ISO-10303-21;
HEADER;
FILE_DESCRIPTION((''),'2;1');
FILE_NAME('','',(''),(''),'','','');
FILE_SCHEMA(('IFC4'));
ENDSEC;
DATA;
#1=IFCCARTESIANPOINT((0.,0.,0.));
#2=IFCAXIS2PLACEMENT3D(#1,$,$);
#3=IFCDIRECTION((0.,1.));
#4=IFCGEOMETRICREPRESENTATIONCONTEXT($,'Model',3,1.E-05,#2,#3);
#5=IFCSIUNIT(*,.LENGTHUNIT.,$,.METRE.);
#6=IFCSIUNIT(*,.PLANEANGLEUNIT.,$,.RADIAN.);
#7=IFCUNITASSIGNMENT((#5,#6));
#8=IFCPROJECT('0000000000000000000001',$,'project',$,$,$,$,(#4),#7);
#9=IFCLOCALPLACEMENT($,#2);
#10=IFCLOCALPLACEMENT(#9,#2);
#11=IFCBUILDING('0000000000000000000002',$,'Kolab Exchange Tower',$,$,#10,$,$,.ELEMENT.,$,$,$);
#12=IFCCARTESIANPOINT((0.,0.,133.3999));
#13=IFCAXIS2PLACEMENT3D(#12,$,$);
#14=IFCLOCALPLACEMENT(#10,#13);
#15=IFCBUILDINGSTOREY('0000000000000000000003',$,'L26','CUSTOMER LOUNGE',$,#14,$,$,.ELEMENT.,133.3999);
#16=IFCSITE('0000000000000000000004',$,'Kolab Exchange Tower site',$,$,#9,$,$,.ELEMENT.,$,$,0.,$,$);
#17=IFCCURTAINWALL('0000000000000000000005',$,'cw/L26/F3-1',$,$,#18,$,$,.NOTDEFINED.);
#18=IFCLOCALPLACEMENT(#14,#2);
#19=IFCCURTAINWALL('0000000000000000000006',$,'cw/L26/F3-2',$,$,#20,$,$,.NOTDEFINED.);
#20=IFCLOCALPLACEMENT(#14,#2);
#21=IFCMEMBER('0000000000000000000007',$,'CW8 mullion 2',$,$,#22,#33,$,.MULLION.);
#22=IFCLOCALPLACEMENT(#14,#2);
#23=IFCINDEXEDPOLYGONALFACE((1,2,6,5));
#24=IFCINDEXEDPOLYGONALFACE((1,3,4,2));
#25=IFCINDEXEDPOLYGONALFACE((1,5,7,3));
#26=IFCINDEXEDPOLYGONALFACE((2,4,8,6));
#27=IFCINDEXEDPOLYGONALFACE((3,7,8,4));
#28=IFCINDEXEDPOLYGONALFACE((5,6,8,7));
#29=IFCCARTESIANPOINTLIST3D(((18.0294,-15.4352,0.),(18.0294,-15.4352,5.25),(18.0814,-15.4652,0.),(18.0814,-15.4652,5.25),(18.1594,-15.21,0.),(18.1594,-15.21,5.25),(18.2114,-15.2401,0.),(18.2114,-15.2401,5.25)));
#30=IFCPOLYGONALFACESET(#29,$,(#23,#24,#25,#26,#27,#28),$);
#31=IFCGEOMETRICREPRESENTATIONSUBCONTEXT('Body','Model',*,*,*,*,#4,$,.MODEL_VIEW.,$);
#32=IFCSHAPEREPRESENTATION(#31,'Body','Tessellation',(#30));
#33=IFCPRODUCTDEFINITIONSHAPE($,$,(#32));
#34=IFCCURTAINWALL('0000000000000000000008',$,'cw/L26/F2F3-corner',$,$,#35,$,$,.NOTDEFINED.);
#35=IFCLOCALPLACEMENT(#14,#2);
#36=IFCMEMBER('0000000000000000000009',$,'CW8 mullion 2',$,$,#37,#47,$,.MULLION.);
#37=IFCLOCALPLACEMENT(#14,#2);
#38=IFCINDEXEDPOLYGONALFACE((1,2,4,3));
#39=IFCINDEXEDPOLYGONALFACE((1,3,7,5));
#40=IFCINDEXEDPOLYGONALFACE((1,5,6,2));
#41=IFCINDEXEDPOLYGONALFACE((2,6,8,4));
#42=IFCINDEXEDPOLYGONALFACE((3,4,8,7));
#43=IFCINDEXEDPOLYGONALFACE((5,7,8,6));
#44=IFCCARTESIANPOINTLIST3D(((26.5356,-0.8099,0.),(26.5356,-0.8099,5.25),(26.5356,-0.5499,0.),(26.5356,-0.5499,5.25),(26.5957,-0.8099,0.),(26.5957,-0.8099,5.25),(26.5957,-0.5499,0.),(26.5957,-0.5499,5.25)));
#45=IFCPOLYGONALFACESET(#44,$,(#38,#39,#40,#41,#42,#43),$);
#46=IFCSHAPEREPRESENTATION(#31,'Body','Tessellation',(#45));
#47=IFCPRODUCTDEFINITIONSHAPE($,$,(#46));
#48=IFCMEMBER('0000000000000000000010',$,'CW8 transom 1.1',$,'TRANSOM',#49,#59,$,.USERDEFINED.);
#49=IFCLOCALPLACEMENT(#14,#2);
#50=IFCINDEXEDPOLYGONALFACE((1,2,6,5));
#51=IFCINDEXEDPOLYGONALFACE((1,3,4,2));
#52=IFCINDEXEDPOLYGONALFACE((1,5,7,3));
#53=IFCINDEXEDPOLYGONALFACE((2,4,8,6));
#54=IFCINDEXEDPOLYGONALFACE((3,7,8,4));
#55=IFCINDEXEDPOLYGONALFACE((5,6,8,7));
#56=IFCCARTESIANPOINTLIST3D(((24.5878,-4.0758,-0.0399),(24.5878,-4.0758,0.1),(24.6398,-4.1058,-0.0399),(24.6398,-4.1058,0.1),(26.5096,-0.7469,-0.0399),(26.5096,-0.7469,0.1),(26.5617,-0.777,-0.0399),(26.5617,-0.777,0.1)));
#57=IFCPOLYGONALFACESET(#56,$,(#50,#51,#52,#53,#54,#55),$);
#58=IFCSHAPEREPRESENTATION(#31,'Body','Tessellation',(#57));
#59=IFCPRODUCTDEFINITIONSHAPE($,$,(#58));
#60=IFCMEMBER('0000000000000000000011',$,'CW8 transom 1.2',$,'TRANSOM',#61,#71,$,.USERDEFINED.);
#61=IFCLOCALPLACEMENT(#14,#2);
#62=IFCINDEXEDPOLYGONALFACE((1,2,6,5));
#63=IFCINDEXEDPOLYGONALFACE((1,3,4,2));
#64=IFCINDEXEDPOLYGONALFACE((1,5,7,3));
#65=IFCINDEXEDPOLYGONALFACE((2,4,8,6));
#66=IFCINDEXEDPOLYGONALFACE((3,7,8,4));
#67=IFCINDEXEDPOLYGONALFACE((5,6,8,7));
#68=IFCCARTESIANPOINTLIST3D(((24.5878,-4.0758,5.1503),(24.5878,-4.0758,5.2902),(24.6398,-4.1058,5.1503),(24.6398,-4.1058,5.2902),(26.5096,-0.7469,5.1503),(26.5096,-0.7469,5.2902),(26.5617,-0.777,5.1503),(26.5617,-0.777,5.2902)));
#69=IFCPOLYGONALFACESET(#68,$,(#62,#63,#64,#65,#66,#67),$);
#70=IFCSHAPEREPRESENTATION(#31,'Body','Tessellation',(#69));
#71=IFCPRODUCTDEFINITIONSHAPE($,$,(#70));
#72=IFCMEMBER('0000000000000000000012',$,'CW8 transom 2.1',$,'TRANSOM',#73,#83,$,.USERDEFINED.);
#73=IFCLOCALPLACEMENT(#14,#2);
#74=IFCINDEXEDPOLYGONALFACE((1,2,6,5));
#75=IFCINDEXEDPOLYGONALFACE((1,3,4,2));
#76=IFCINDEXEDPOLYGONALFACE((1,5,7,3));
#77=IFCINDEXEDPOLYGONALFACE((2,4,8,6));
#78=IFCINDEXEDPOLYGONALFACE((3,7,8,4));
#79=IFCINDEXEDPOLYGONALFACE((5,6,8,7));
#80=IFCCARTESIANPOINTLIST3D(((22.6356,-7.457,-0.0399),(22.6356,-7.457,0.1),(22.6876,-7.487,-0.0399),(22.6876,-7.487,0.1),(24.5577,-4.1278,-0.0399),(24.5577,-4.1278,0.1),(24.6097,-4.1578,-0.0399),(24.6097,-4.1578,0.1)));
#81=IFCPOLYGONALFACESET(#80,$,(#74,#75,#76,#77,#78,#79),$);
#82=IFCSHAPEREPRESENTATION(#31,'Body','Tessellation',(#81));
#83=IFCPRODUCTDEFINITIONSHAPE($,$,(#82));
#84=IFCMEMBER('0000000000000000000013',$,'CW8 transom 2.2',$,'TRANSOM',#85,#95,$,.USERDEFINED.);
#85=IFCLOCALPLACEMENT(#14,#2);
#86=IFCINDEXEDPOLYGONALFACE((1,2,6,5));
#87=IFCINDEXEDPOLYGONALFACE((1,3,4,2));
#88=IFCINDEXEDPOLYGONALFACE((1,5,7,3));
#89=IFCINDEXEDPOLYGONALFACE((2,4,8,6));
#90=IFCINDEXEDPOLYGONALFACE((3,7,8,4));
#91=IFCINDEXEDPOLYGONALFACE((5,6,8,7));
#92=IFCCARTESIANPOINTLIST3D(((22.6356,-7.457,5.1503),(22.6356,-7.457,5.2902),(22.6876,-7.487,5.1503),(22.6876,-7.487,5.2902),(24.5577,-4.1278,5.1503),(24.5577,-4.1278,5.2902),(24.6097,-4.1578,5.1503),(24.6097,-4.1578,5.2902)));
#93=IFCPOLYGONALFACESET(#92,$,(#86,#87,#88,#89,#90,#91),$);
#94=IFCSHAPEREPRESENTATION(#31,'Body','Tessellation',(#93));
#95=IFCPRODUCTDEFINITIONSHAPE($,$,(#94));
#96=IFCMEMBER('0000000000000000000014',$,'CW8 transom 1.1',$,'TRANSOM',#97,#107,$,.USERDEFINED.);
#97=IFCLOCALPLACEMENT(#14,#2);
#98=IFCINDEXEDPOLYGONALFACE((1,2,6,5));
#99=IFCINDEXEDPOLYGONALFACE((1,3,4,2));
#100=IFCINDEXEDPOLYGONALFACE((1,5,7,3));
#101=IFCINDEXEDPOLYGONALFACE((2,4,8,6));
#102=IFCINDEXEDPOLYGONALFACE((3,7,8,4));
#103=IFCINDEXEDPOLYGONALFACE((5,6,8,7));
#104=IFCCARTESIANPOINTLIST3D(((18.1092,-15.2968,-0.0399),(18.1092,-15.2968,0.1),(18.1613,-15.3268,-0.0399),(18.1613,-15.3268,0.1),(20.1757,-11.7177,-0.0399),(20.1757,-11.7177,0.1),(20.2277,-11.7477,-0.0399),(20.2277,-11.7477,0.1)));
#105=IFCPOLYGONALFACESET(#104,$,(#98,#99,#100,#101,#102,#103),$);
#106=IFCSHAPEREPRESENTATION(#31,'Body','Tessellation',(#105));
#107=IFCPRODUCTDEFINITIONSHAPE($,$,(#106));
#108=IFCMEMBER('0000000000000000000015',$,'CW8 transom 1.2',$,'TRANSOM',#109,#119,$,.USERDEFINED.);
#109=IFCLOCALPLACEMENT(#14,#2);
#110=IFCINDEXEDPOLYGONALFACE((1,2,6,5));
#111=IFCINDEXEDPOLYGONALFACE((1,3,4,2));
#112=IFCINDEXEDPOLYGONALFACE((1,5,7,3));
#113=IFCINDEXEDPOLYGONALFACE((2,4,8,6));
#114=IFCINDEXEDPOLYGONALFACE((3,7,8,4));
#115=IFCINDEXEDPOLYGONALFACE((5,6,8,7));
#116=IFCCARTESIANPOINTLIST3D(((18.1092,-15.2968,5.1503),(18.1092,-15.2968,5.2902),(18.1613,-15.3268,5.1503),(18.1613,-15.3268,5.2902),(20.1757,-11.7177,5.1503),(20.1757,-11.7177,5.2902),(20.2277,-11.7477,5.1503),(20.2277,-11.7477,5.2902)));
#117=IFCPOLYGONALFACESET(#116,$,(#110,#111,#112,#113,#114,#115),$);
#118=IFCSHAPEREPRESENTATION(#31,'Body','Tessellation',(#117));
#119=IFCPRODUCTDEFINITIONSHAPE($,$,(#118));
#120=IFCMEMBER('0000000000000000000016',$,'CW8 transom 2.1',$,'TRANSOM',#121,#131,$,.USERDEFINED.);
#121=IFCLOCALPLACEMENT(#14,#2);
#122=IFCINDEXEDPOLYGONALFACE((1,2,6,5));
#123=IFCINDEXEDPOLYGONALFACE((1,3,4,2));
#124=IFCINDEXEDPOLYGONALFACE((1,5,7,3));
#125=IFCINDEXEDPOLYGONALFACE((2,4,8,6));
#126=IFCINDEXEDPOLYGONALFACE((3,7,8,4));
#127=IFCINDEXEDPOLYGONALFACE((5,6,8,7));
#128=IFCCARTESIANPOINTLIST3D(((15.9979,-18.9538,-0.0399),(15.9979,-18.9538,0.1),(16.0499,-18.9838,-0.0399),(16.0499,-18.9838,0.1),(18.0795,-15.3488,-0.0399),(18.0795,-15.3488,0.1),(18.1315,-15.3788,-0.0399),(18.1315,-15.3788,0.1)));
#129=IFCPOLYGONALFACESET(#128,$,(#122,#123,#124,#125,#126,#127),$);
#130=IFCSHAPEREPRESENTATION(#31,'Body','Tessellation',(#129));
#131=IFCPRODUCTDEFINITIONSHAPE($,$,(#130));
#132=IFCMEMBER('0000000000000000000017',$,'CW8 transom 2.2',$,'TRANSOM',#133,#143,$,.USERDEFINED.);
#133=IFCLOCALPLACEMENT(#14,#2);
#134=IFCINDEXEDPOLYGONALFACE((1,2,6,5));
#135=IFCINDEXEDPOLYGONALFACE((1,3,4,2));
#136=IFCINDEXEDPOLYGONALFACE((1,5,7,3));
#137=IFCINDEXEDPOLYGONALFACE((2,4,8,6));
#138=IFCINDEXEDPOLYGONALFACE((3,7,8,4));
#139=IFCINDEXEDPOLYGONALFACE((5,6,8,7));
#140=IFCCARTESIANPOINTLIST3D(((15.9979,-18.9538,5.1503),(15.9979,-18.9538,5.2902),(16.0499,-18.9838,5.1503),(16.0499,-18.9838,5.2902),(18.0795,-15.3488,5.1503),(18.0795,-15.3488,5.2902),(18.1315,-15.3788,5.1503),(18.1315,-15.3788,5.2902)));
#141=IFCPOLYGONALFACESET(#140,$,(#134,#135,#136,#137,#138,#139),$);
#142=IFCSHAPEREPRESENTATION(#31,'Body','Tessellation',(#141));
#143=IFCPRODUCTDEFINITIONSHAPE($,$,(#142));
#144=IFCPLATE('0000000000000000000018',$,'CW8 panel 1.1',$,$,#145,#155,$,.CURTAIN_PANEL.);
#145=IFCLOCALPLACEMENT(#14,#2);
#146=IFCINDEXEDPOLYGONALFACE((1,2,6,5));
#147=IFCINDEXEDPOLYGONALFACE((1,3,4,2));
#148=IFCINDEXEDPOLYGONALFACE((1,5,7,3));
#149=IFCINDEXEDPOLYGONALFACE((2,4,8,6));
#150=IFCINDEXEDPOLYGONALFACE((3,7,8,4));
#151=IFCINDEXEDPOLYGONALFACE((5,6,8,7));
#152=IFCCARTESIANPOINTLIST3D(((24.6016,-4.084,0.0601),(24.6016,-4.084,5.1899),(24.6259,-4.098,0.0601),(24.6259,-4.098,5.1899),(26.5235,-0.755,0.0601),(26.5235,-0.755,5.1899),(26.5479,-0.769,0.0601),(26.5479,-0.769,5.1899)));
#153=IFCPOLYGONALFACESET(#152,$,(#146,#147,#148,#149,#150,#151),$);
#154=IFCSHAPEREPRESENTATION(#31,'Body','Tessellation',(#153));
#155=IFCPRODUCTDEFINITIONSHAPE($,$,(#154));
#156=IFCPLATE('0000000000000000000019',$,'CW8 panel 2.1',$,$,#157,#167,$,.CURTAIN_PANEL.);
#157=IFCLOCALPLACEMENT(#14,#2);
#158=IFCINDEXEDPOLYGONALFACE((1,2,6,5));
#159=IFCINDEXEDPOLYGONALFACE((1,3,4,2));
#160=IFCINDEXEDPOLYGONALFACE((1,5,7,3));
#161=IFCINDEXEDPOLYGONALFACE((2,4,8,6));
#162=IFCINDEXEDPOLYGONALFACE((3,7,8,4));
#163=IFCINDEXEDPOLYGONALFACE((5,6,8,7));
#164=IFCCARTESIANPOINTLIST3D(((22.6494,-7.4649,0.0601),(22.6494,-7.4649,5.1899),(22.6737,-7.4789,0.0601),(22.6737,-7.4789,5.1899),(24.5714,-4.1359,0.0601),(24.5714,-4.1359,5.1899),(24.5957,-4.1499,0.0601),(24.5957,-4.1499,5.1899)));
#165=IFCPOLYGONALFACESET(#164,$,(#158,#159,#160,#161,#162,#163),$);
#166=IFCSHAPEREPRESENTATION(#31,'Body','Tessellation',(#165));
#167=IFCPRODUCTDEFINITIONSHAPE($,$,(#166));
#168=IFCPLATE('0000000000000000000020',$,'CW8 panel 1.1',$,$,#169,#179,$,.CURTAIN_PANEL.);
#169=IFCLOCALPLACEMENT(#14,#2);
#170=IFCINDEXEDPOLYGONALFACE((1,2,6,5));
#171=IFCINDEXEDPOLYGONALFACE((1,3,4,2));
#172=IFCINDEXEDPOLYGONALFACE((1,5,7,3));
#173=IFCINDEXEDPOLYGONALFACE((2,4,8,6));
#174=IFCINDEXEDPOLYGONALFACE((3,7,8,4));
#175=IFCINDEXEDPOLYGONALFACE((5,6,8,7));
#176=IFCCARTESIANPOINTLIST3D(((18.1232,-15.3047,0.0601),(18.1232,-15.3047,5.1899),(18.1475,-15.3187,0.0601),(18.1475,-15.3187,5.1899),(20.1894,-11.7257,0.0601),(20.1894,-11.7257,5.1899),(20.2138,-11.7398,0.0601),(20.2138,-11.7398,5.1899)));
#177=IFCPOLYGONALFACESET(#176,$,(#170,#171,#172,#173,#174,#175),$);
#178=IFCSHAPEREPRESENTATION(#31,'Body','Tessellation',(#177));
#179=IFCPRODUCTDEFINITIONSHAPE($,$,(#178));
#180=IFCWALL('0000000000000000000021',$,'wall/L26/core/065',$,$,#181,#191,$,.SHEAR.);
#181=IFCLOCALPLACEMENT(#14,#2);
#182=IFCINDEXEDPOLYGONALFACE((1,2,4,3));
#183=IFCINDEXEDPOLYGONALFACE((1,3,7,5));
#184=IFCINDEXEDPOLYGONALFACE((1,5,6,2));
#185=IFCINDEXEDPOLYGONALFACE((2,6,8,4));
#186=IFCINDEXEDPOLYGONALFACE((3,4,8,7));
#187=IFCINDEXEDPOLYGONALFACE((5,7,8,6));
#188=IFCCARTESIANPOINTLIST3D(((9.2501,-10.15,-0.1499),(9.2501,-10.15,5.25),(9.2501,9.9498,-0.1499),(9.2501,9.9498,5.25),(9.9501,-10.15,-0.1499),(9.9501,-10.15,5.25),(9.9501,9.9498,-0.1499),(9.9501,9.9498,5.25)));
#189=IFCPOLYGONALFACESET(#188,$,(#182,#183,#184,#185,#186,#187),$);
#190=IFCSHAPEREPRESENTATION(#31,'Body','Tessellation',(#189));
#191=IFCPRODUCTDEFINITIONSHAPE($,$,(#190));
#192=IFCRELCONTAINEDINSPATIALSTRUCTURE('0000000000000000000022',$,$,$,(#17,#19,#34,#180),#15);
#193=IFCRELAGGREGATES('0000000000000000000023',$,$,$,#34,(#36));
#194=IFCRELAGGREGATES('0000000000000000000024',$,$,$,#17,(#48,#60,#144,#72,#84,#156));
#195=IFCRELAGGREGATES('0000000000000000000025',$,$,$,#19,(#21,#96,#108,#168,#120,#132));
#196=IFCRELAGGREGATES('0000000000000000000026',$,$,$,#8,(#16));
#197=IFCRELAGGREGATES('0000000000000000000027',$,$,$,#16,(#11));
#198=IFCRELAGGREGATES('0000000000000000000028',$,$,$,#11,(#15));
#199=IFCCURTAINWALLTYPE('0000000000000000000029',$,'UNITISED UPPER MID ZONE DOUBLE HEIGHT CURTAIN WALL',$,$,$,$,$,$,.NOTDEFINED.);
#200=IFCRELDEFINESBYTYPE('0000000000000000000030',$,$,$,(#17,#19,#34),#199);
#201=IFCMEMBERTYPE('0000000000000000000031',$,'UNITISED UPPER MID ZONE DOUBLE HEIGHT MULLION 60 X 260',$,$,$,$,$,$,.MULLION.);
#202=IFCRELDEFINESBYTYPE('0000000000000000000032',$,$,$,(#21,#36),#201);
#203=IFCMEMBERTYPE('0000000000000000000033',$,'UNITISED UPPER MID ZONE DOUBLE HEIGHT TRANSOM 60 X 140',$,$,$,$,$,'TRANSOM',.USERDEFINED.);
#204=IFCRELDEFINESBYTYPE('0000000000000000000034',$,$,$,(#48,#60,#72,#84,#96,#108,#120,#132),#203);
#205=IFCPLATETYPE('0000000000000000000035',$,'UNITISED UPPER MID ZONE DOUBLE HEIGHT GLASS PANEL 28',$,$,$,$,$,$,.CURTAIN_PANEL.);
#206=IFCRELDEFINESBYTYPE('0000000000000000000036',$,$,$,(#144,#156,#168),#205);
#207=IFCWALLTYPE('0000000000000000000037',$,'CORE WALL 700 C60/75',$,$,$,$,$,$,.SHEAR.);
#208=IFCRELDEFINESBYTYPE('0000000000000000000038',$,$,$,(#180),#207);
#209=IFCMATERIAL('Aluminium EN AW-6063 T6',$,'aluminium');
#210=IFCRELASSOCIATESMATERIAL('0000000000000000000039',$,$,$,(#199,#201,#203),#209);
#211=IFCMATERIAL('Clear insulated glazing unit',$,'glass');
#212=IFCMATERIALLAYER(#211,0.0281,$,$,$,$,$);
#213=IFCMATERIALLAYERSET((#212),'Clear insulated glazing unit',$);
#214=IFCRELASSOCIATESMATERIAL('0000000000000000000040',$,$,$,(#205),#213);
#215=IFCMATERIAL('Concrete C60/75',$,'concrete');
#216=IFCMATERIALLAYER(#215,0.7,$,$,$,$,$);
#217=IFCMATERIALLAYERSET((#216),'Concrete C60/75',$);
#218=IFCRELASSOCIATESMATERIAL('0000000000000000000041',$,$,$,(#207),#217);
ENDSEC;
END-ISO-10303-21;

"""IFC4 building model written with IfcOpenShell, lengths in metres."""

from ifc_helpers import new_model, si_unit, direction, frame, frame_2d, origin, origin_2d, place, context, subcontext, project, spatial, rectangle, extrude, material, layer, layer_set, material_profile, profile_set, type_object, element, aggregate, save


model = new_model("IFC4")

# Units and contexts
model_context = context("Model", 3, precision=1e-05, world=origin(), true_north=direction((0.0, 1.0)))
body_context = subcontext(model_context, "Body", "Model", "MODEL_VIEW")
ifc_project = project(units=[si_unit("LENGTHUNIT", "METRE"), si_unit("PLANEANGLEUNIT", "RADIAN")], contexts=[model_context])

# Site, building, storey
site_placement = place(None, origin())
site = spatial("IfcSite", under=ifc_project, at=site_placement, Name="Kolab Exchange Tower site", CompositionType="ELEMENT", RefElevation=0.0)
building_placement = place(site_placement, origin())
building = spatial("IfcBuilding", under=site, at=building_placement, Name="Kolab Exchange Tower", CompositionType="ELEMENT")
storey_placement = place(building_placement, frame((0.0, 0.0, 133.3999)))
storey = spatial("IfcBuildingStorey", under=building, at=storey_placement, Name="L26", Description="CUSTOMER LOUNGE", CompositionType="ELEMENT", Elevation=133.3999)

# Shared definitions
ifc_material_1 = material(Name="Concrete C60/75", Category="concrete")

# Curtain walls, member
ifc_material_2 = material(Name="Aluminium EN AW-6063 T6", Category="aluminium")
curtain_wall_type = type_object("IfcCurtainWallType", Name="UNITISED UPPER MID ZONE DOUBLE HEIGHT CURTAIN WALL", PredefinedType="NOTDEFINED", material=ifc_material_2)
curtain_wall_1_placement = place(storey_placement, origin())
curtain_wall_1 = element("IfcCurtainWall", 1, at=curtain_wall_1_placement, inside=storey, type_object=curtain_wall_type, Name="cw/L26/F3-1", PredefinedType="NOTDEFINED")
ifc_material_profile_1 = material_profile(ifc_material_2, rectangle(XDim=0.0601, YDim=0.26, at=origin_2d()), Name="RECT 60X260")
ifc_profile_set_1 = profile_set([ifc_material_profile_1], Name="Aluminium EN AW-6063 T6")
member_type_1 = type_object("IfcMemberType", Name="UNITISED UPPER MID ZONE DOUBLE HEIGHT MULLION 60 X 260", PredefinedType="MULLION", material=ifc_profile_set_1)
curtain_wall_2_placement = place(storey_placement, origin())
curtain_wall_2 = element("IfcCurtainWall", 2, at=curtain_wall_2_placement, inside=storey, type_object=curtain_wall_type, Name="cw/L26/F3-2", PredefinedType="NOTDEFINED")
member_1_placement = place(storey_placement, frame((18.1204, -15.3376, 0.0), z_axis=(0.0, 0.0, 1.0), x_axis=(0.866025, -0.5, 0.0)))
member_1 = element("IfcMember", 3, at=member_1_placement, type_object=member_type_1, Name="CW8 mullion 2", PredefinedType="MULLION", context=body_context, shape_type="SweptSolid", body=[
    extrude(rectangle(XDim=0.0601, YDim=0.26, at=origin_2d()), origin(), (0.0, 0.0, 1.0), 5.25),
])

# Curtain wall, member
curtain_wall_3_placement = place(storey_placement, origin())
curtain_wall_3 = element("IfcCurtainWall", 4, at=curtain_wall_3_placement, inside=storey, type_object=curtain_wall_type, Name="cw/L26/F2F3-corner", PredefinedType="NOTDEFINED")
member_2_placement = place(storey_placement, frame((26.5657, -0.6799, 0.0), z_axis=(0.0, 0.0, 1.0), x_axis=(1.0, 0.0, 0.0)))
member_2 = element("IfcMember", 5, at=member_2_placement, type_object=member_type_1, Name="CW8 mullion 2", PredefinedType="MULLION", context=body_context, shape_type="SweptSolid", body=[
    extrude(rectangle(XDim=0.0601, YDim=0.26, at=origin_2d()), origin(), (0.0, 0.0, 1.0), 5.25),
])
aggregate(curtain_wall_3, [member_2])

# Members
ifc_material_profile_2 = material_profile(ifc_material_2, rectangle(XDim=0.0601, YDim=0.1399, at=origin_2d()), Name="RECT 60X140")
ifc_profile_set_2 = profile_set([ifc_material_profile_2], Name="Aluminium EN AW-6063 T6")
member_type_2 = type_object("IfcMemberType", Name="UNITISED UPPER MID ZONE DOUBLE HEIGHT TRANSOM 60 X 140", ElementType="TRANSOM", PredefinedType="USERDEFINED", material=ifc_profile_set_2)
member_3_placement = place(storey_placement, frame((26.5356, -0.762, 0.03), z_axis=(-0.499992, -0.86603, 0.0), x_axis=(0.86603, -0.499992, 0.0)))
member_3 = element("IfcMember", 6, at=member_3_placement, type_object=member_type_2, Name="CW8 transom 1.1", ObjectType="TRANSOM", PredefinedType="USERDEFINED", context=body_context, shape_type="SweptSolid", body=[
    extrude(rectangle(XDim=0.0601, YDim=0.1399, at=origin_2d()), origin(), (0.0, 0.0, 1.0), 3.8438),
])
member_4_placement = place(storey_placement, frame((26.5356, -0.762, 5.2202), z_axis=(-0.499992, -0.86603, 0.0), x_axis=(0.86603, -0.499992, 0.0)))
member_4 = element("IfcMember", 7, at=member_4_placement, type_object=member_type_2, Name="CW8 transom 1.2", ObjectType="TRANSOM", PredefinedType="USERDEFINED", context=body_context, shape_type="SweptSolid", body=[
    extrude(rectangle(XDim=0.0601, YDim=0.1399, at=origin_2d()), origin(), (0.0, 0.0, 1.0), 3.8438),
])
member_5_placement = place(storey_placement, frame((24.5837, -4.1428, 0.03), z_axis=(-0.500012, -0.866018, 0.0), x_axis=(0.866018, -0.500012, 0.0)))
member_5 = element("IfcMember", 8, at=member_5_placement, type_object=member_type_2, Name="CW8 transom 2.1", ObjectType="TRANSOM", PredefinedType="USERDEFINED", context=body_context, shape_type="SweptSolid", body=[
    extrude(rectangle(XDim=0.0601, YDim=0.1399, at=origin_2d()), origin(), (0.0, 0.0, 1.0), 3.8442),
])
member_6_placement = place(storey_placement, frame((24.5837, -4.1428, 5.2202), z_axis=(-0.500012, -0.866018, 0.0), x_axis=(0.866018, -0.500012, 0.0)))
member_6 = element("IfcMember", 9, at=member_6_placement, type_object=member_type_2, Name="CW8 transom 2.2", ObjectType="TRANSOM", PredefinedType="USERDEFINED", context=body_context, shape_type="SweptSolid", body=[
    extrude(rectangle(XDim=0.0601, YDim=0.1399, at=origin_2d()), origin(), (0.0, 0.0, 1.0), 3.8442),
])
member_7_placement = place(storey_placement, frame((20.2017, -11.7327, 0.03), z_axis=(-0.500002, -0.866024, 0.0), x_axis=(0.866024, -0.500002, 0.0)))
member_7 = element("IfcMember", 10, at=member_7_placement, type_object=member_type_2, Name="CW8 transom 1.1", ObjectType="TRANSOM", PredefinedType="USERDEFINED", context=body_context, shape_type="SweptSolid", body=[
    extrude(rectangle(XDim=0.0601, YDim=0.1399, at=origin_2d()), origin(), (0.0, 0.0, 1.0), 4.1328),
])
member_8_placement = place(storey_placement, frame((20.2017, -11.7327, 5.2202), z_axis=(-0.500002, -0.866024, 0.0), x_axis=(0.866024, -0.500002, 0.0)))
member_8 = element("IfcMember", 11, at=member_8_placement, type_object=member_type_2, Name="CW8 transom 1.2", ObjectType="TRANSOM", PredefinedType="USERDEFINED", context=body_context, shape_type="SweptSolid", body=[
    extrude(rectangle(XDim=0.0601, YDim=0.1399, at=origin_2d()), origin(), (0.0, 0.0, 1.0), 4.1328),
])
member_9_placement = place(storey_placement, frame((18.1055, -15.3638, 0.03), z_axis=(-0.500037, -0.866004, 0.0), x_axis=(0.866004, -0.500037, 0.0)))
member_9 = element("IfcMember", 12, at=member_9_placement, type_object=member_type_2, Name="CW8 transom 2.1", ObjectType="TRANSOM", PredefinedType="USERDEFINED", context=body_context, shape_type="SweptSolid", body=[
    extrude(rectangle(XDim=0.0601, YDim=0.1399, at=origin_2d()), origin(), (0.0, 0.0, 1.0), 4.1628),
])
member_10_placement = place(storey_placement, frame((18.1055, -15.3638, 5.2202), z_axis=(-0.500037, -0.866004, 0.0), x_axis=(0.866004, -0.500037, 0.0)))
member_10 = element("IfcMember", 13, at=member_10_placement, type_object=member_type_2, Name="CW8 transom 2.2", ObjectType="TRANSOM", PredefinedType="USERDEFINED", context=body_context, shape_type="SweptSolid", body=[
    extrude(rectangle(XDim=0.0601, YDim=0.1399, at=origin_2d()), origin(), (0.0, 0.0, 1.0), 4.1628),
])

# Plates
ifc_material_3 = material(Name="Clear insulated glazing unit", Category="glass")
ifc_layer_1 = layer(ifc_material_3, 0.0281)
ifc_layer_set_1 = layer_set([ifc_layer_1], Name="Clear insulated glazing unit")
plate_type = type_object("IfcPlateType", Name="UNITISED UPPER MID ZONE DOUBLE HEIGHT GLASS PANEL 28", PredefinedType="CURTAIN_PANEL", material=ifc_layer_set_1)
plate_1_placement = place(storey_placement, frame((25.5747, -2.4265, 0.0601), z_axis=(0.0, 0.0, 1.0), x_axis=(-0.5, -0.866025, 0.0)))
plate_1 = element("IfcPlate", 14, at=plate_1_placement, type_object=plate_type, Name="CW8 panel 1.1", PredefinedType="CURTAIN_PANEL", context=body_context, shape_type="SweptSolid", body=[
    extrude(rectangle(XDim=3.844, YDim=0.0281, at=origin_2d()), origin(), (0.0, 0.0, 1.0), 5.1299),
])
plate_2_placement = place(storey_placement, frame((23.6226, -5.8074, 0.0601), z_axis=(0.0, 0.0, 1.0), x_axis=(-0.5, -0.866025, 0.0)))
plate_2 = element("IfcPlate", 15, at=plate_2_placement, type_object=plate_type, Name="CW8 panel 2.1", PredefinedType="CURTAIN_PANEL", context=body_context, shape_type="SweptSolid", body=[
    extrude(rectangle(XDim=3.844, YDim=0.0281, at=origin_2d()), origin(), (0.0, 0.0, 1.0), 5.1299),
])
aggregate(curtain_wall_1, [member_3, member_4, plate_1, member_5, member_6, plate_2])
plate_3_placement = place(storey_placement, frame((19.1685, -13.5222, 0.0601), z_axis=(0.0, 0.0, 1.0), x_axis=(-0.5, -0.866025, 0.0)))
plate_3 = element("IfcPlate", 16, at=plate_3_placement, type_object=plate_type, Name="CW8 panel 1.1", PredefinedType="CURTAIN_PANEL", context=body_context, shape_type="SweptSolid", body=[
    extrude(rectangle(XDim=4.1326, YDim=0.0281, at=origin_2d()), origin(), (0.0, 0.0, 1.0), 5.1299),
])
aggregate(curtain_wall_2, [member_1, member_7, member_8, plate_3, member_9, member_10])

# Wall
ifc_layer_2 = layer(ifc_material_1, 0.7)
ifc_layer_set_2 = layer_set([ifc_layer_2], Name="Concrete C60/75")
wall_type_1 = type_object("IfcWallType", Name="CORE WALL 700 C60/75", PredefinedType="SHEAR", material=ifc_layer_set_2)
wall_1_placement = place(storey_placement, frame((9.6001, -10.1499, -0.1499), z_axis=(0.0, 0.0, 1.0), x_axis=(0.0, 1.0, 0.0)))
element("IfcWall", 17, at=wall_1_placement, inside=storey, type_object=wall_type_1, Name="wall/L26/core/065", PredefinedType="SHEAR", context=body_context, shape_type="SweptSolid", body=[
    extrude(rectangle(XDim=20.0999, YDim=0.7, at=frame_2d((10.0498, 0.0))), origin(), (0.0, 0.0, 1.0), 5.3999),
])

save(model, "model.ifc")
